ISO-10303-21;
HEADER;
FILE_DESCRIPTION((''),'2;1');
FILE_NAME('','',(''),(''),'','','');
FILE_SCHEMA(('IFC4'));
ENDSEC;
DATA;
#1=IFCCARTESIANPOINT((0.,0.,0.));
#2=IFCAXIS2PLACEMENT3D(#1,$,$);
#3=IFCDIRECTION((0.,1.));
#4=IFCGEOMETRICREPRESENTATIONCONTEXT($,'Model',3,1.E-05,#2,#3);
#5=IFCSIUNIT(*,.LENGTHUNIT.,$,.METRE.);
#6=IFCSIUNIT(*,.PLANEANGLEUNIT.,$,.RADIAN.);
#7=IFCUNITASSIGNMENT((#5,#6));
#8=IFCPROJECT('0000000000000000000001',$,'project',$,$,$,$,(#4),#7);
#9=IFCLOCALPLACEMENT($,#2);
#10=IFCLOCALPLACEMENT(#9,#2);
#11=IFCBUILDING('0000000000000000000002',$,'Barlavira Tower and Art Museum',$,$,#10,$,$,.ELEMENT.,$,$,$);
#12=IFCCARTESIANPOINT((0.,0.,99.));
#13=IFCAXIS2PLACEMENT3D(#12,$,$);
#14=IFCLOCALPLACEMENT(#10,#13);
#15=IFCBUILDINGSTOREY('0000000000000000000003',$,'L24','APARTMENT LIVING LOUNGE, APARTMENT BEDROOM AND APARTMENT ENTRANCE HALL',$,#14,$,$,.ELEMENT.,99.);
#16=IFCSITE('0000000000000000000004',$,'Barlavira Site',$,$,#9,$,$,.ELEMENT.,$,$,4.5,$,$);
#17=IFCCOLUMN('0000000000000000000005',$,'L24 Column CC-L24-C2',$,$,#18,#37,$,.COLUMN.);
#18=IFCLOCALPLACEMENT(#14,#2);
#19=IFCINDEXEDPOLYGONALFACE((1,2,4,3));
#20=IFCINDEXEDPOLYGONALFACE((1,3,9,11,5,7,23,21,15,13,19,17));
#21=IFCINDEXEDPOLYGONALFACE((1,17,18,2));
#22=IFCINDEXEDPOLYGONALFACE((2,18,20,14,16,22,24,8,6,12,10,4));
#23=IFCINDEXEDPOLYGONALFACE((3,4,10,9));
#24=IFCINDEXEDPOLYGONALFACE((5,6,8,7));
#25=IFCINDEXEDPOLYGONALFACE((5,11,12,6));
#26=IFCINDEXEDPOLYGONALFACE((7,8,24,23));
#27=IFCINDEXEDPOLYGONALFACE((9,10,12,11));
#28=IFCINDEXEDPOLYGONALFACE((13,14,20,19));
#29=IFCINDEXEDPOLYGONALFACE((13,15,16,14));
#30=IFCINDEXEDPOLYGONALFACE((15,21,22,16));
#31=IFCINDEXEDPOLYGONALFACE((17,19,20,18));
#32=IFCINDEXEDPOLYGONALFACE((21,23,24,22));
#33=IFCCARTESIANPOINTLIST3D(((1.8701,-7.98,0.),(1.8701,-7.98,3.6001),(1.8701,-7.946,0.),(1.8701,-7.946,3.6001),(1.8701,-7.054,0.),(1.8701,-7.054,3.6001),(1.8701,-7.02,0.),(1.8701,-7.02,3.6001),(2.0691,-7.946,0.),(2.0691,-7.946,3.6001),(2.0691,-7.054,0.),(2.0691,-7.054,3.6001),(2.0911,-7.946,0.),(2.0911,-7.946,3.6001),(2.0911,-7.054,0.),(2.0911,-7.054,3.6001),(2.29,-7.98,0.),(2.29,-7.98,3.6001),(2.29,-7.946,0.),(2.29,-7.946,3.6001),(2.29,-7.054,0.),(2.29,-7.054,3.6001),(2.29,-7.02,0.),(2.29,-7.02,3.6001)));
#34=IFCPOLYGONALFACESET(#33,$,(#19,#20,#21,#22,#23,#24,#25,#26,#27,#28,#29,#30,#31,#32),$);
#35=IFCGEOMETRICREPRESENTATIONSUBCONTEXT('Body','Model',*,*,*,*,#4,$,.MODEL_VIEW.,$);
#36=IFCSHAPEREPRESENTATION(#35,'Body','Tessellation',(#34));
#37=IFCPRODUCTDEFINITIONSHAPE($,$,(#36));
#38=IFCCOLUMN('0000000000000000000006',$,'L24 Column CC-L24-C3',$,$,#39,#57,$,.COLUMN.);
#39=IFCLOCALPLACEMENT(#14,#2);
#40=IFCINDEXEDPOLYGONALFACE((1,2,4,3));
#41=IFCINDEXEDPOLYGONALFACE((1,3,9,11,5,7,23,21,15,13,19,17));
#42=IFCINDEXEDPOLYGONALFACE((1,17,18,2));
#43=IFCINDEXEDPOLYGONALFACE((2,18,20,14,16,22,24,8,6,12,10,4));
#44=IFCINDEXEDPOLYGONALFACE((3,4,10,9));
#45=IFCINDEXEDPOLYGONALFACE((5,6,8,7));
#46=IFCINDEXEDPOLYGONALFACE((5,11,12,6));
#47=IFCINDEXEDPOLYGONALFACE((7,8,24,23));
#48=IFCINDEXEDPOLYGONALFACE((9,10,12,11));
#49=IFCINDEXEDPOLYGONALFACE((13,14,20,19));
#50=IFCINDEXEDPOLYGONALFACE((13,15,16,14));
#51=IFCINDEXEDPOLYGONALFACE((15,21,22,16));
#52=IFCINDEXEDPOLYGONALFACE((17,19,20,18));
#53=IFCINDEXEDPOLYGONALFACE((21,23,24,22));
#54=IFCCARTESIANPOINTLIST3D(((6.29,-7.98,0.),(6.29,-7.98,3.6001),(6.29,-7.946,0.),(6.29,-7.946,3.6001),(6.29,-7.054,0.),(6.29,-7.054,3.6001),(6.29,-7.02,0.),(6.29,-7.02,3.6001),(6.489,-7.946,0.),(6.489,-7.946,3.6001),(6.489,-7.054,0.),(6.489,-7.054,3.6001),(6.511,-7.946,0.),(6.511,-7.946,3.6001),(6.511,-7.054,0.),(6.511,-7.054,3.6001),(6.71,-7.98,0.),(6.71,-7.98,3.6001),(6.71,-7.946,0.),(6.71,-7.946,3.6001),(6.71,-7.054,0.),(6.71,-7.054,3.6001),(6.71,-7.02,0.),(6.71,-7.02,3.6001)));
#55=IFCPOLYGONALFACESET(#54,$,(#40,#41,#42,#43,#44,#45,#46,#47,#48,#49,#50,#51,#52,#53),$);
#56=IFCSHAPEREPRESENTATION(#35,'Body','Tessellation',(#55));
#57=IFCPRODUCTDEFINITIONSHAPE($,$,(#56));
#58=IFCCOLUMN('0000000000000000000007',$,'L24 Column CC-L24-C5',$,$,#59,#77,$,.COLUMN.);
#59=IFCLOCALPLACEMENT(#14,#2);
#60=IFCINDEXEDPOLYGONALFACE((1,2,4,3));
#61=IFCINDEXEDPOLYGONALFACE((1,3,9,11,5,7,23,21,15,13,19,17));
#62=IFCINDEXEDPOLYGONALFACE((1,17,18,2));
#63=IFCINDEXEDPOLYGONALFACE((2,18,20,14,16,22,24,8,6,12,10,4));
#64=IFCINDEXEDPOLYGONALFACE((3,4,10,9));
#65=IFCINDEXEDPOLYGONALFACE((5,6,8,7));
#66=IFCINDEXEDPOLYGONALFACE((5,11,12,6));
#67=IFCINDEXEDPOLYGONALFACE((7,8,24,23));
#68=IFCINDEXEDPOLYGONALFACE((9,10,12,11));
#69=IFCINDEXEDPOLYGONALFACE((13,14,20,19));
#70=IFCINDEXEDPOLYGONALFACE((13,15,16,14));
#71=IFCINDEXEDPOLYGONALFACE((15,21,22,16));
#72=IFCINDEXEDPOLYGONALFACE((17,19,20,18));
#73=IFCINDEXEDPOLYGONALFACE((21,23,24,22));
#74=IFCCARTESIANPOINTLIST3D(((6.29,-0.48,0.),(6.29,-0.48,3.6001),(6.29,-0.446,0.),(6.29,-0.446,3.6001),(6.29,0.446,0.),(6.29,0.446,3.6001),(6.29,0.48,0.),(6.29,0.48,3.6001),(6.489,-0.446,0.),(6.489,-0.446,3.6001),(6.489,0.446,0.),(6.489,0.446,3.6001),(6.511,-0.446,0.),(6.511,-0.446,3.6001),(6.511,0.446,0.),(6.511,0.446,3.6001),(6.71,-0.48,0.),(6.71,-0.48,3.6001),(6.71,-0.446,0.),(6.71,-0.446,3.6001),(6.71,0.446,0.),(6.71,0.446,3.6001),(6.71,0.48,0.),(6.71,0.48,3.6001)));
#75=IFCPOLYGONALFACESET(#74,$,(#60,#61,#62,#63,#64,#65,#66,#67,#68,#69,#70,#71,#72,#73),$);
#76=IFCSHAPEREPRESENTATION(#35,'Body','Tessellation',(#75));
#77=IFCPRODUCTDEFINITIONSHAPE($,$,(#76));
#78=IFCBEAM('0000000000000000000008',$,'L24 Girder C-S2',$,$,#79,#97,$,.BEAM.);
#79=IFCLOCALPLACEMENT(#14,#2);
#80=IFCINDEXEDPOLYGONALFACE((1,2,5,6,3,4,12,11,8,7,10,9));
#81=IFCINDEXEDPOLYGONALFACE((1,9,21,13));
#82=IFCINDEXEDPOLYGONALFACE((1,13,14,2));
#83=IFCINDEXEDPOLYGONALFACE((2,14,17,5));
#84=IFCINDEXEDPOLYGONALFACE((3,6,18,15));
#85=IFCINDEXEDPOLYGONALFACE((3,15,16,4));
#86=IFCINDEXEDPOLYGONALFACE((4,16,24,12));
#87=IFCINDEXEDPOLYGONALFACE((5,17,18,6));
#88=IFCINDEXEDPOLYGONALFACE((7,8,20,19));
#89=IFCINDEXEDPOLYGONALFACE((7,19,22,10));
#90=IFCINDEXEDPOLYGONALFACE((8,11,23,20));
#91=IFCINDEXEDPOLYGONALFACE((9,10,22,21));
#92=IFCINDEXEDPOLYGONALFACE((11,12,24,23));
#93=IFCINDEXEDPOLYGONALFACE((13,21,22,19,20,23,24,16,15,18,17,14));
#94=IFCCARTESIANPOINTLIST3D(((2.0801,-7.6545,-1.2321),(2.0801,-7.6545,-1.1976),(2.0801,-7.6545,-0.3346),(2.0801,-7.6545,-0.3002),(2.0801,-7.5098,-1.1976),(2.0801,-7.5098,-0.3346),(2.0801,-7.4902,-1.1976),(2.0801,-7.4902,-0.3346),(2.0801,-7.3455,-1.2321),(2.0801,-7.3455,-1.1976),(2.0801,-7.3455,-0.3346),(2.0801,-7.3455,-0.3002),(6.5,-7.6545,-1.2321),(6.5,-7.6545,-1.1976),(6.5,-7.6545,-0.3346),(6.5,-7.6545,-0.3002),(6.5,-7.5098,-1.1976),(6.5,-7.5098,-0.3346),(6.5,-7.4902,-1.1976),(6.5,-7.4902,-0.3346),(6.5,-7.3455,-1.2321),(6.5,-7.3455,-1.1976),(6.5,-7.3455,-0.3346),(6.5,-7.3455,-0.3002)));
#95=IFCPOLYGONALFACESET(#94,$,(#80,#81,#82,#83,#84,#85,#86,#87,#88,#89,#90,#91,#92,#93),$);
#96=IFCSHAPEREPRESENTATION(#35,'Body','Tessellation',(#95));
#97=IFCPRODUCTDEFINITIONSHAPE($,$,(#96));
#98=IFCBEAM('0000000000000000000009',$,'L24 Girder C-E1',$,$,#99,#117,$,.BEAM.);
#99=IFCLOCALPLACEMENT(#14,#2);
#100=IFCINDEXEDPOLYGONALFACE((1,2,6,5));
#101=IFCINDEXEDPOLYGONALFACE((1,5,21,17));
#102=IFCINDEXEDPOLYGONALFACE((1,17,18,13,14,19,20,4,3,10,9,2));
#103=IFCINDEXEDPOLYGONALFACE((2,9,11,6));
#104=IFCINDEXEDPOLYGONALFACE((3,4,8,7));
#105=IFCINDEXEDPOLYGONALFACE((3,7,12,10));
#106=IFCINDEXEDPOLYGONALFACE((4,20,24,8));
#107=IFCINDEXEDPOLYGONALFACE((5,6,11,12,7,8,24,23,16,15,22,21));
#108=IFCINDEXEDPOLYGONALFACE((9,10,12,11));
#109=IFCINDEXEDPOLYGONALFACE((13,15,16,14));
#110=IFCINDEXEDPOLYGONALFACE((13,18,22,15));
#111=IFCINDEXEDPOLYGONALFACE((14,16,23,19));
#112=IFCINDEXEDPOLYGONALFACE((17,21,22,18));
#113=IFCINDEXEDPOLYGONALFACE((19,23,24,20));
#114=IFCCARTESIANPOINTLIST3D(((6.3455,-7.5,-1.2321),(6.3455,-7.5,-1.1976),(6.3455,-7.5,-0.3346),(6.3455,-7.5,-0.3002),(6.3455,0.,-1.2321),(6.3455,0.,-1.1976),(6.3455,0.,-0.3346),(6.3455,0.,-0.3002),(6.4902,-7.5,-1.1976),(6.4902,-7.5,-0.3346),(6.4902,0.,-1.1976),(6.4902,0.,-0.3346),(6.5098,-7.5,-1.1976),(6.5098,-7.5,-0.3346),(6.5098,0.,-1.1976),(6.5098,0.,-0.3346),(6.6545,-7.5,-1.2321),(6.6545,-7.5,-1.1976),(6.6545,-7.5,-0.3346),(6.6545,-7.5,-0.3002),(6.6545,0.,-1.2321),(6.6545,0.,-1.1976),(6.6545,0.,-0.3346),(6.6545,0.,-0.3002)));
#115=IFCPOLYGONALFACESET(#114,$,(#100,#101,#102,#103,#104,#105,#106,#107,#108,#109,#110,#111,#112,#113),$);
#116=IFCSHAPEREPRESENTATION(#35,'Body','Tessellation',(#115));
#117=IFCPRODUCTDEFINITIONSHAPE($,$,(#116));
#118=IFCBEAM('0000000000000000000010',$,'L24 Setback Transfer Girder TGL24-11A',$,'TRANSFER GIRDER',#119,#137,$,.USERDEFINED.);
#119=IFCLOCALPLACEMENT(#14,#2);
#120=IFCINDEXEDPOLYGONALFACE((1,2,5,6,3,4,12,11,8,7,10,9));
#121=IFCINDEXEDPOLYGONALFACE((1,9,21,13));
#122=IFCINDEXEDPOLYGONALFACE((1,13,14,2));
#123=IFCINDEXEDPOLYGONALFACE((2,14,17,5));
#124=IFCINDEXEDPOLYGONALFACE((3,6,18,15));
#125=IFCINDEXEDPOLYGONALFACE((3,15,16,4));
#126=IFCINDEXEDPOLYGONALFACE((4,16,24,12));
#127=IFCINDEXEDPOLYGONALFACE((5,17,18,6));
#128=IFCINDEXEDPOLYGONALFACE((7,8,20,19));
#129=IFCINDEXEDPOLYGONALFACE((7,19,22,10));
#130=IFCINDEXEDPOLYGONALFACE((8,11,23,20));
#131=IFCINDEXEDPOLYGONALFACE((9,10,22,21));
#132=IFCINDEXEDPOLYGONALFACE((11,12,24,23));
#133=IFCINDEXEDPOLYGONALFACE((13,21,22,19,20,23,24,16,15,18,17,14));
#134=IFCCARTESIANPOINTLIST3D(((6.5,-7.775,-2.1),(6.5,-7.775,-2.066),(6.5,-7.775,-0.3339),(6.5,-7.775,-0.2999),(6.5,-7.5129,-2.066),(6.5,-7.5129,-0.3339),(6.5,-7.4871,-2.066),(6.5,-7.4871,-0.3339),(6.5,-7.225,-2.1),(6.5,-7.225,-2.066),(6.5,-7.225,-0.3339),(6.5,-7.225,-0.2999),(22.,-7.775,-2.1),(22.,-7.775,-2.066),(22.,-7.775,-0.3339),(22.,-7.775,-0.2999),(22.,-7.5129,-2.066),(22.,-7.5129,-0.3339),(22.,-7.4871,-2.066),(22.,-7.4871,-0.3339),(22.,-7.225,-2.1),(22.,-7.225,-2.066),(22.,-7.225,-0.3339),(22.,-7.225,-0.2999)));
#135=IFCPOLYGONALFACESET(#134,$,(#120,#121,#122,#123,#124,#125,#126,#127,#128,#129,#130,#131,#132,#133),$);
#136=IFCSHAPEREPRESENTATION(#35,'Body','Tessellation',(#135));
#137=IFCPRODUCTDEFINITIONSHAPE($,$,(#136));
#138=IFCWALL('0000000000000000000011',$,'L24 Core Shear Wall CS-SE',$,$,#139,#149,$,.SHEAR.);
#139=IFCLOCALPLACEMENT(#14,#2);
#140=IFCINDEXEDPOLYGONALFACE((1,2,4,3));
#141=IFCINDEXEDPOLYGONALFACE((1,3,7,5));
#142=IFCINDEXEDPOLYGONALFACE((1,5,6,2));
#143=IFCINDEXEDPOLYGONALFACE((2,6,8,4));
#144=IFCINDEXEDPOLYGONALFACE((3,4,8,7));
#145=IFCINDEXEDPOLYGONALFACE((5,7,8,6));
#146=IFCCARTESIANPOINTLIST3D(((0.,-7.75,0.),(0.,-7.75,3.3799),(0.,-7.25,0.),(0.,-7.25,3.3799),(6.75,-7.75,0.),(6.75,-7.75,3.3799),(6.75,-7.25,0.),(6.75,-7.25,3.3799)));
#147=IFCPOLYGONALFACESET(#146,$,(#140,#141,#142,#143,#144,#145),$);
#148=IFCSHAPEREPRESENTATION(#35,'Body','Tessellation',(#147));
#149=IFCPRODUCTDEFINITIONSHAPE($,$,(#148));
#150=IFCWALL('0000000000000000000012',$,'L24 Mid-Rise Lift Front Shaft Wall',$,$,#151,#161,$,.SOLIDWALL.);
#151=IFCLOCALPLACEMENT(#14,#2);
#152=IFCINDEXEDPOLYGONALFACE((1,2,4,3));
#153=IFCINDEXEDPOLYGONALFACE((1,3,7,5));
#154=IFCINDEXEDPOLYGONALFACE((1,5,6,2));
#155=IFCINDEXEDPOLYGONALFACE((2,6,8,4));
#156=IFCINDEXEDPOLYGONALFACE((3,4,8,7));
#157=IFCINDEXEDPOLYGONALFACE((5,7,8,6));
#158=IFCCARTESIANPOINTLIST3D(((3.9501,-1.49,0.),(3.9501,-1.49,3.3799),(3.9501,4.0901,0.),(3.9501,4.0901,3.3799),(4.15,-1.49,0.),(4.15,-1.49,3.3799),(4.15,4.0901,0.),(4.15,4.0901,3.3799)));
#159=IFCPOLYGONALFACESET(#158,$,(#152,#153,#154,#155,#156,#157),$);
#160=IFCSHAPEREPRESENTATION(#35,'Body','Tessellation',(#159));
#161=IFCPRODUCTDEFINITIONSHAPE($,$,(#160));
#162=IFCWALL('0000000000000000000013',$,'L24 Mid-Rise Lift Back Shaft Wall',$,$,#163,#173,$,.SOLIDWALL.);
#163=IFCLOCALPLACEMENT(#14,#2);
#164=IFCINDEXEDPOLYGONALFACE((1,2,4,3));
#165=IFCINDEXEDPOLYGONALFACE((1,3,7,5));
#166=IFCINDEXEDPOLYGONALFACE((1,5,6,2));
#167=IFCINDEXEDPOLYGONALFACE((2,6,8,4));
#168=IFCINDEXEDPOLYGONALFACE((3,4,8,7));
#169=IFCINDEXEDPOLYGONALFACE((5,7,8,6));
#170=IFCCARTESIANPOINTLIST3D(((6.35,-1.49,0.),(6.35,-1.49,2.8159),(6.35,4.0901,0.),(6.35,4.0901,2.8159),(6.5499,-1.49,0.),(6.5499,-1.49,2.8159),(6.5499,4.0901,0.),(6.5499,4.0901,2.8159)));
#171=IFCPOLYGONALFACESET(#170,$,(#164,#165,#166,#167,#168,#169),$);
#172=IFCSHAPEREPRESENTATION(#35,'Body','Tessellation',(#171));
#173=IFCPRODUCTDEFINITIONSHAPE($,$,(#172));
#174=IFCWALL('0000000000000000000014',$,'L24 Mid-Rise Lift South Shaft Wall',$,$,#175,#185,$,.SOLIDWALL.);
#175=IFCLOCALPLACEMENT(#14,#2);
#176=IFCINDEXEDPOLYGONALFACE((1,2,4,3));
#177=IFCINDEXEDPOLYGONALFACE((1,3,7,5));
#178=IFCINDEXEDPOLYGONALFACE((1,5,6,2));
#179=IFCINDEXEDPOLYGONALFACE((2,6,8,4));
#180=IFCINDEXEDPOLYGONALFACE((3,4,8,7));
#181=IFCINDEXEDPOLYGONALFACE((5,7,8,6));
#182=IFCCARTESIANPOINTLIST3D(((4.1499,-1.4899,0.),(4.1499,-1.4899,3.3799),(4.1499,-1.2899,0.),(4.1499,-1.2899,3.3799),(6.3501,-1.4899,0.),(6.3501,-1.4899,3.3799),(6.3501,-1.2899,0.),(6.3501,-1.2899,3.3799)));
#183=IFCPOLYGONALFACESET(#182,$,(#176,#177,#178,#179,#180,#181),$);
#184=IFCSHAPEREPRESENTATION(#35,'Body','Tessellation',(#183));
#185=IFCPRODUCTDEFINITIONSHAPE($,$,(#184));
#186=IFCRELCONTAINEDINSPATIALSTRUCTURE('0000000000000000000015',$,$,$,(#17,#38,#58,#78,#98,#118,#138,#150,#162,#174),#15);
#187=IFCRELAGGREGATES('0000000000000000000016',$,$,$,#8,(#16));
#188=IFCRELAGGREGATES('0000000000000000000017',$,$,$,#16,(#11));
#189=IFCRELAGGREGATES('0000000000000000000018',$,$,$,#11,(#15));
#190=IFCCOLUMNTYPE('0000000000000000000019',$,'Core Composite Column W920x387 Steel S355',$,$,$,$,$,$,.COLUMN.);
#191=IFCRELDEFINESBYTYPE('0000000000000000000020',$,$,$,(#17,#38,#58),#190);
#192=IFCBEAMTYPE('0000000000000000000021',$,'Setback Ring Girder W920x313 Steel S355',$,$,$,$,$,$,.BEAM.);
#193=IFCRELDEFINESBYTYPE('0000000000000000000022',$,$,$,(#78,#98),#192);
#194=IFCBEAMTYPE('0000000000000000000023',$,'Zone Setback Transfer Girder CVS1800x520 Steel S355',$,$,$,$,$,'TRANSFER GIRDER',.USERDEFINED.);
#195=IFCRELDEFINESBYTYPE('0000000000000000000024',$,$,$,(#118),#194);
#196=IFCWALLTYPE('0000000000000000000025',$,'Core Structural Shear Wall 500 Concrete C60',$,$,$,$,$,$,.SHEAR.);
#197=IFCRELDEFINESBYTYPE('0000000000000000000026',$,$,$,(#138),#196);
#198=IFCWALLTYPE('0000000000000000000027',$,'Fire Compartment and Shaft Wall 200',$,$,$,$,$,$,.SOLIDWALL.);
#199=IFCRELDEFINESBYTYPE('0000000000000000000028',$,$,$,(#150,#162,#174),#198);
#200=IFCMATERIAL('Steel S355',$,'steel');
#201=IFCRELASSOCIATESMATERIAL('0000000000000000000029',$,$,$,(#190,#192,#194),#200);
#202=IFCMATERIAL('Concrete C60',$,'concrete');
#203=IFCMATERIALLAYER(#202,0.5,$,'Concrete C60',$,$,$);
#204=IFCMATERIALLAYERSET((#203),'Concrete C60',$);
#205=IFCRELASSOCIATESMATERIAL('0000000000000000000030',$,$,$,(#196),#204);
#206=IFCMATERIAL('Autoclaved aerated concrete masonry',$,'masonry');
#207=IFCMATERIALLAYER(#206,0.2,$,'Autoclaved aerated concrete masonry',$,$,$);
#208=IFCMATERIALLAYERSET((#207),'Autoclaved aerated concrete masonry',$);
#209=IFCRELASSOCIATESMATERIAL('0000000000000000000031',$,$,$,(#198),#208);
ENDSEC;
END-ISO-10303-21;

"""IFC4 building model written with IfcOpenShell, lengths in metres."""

from ifc_helpers import new_model, si_unit, direction, frame, frame_2d, origin, origin_2d, place, context, subcontext, project, spatial, rectangle, i_section, extrude, material, layer, layer_set, material_profile, profile_set, type_object, element, save


model = new_model("IFC4")

# Units and contexts
model_context = context("Model", 3, precision=1e-05, world=origin(), true_north=direction((0.0, 1.0)))
body_context = subcontext(model_context, "Body", "Model", "MODEL_VIEW")
ifc_project = project(units=[si_unit("LENGTHUNIT", "METRE"), si_unit("PLANEANGLEUNIT", "RADIAN")], contexts=[model_context])

# Site, building, storey
site_placement = place(None, origin())
site = spatial("IfcSite", under=ifc_project, at=site_placement, Name="Barlavira Site", CompositionType="ELEMENT", RefElevation=4.5)
building_placement = place(site_placement, origin())
building = spatial("IfcBuilding", under=site, at=building_placement, Name="Barlavira Tower and Art Museum", CompositionType="ELEMENT")
storey_placement = place(building_placement, frame((0.0, 0.0, 99.0)))
storey = spatial("IfcBuildingStorey", under=building, at=storey_placement, Name="L24", Description="APARTMENT LIVING LOUNGE, APARTMENT BEDROOM AND APARTMENT ENTRANCE HALL", CompositionType="ELEMENT", Elevation=99.0)

# Columns
ifc_material_1 = material(Name="Steel S355", Category="steel")
ifc_material_profile_1 = material_profile(ifc_material_1, i_section(OverallWidth=0.4199, OverallDepth=0.96, WebThickness=0.022, FlangeThickness=0.0339, at=origin_2d()), Name="W920x387.0")
ifc_profile_set_1 = profile_set([ifc_material_profile_1], Name="Steel S355")
column_type = type_object("IfcColumnType", Name="Core Composite Column W920x387 Steel S355", PredefinedType="COLUMN", material=ifc_profile_set_1)
for number, where, z_axis, x_axis, name in (
    (1, (2.0801, -7.5, 0.0), (0.0, 0.0, 1.0), (1.0, 0.0, 0.0), "L24 Column CC-L24-C2"),
    (2, (6.5, -7.5, 0.0), (0.0, 0.0, 1.0), (1.0, 0.0, 0.0), "L24 Column CC-L24-C3"),
    (3, (6.5, 0.0, 0.0), (0.0, 0.0, 1.0), (1.0, 0.0, 0.0), "L24 Column CC-L24-C5"),
):
    element("IfcColumn", number, at=place(storey_placement, frame(where, z_axis=z_axis, x_axis=x_axis)), inside=storey, type_object=column_type, Name=name, PredefinedType="COLUMN", context=body_context, shape_type="SweptSolid", body=[
        extrude(i_section(OverallWidth=0.4199, OverallDepth=0.96, WebThickness=0.022, FlangeThickness=0.0339, at=origin_2d()), origin(), (0.0, 0.0, 1.0), 3.6001),
    ])

# Beams
ifc_material_profile_2 = material_profile(ifc_material_1, i_section(OverallWidth=0.3091, OverallDepth=0.9319, WebThickness=0.0195, FlangeThickness=0.0344, at=origin_2d()), Name="W920x313.0")
ifc_profile_set_2 = profile_set([ifc_material_profile_2], Name="Steel S355")
beam_type_1 = type_object("IfcBeamType", Name="Setback Ring Girder W920x313 Steel S355", PredefinedType="BEAM", material=ifc_profile_set_2)
beam_1_placement = place(storey_placement, frame((2.0801, -7.5, -0.7661), z_axis=(1.0, 0.0, 0.0), x_axis=(0.0, 1.0, 0.0)))
element("IfcBeam", 4, at=beam_1_placement, inside=storey, type_object=beam_type_1, Name="L24 Girder C-S2", PredefinedType="BEAM", context=body_context, shape_type="SweptSolid", body=[
    extrude(i_section(OverallWidth=0.3091, OverallDepth=0.9319, WebThickness=0.0195, FlangeThickness=0.0344, at=origin_2d()), origin(), (0.0, 0.0, 1.0), 4.4199),
])
beam_2_placement = place(storey_placement, frame((6.5, -7.5, -0.7661), z_axis=(0.0, 1.0, 0.0), x_axis=(-1.0, 0.0, 0.0)))
element("IfcBeam", 5, at=beam_2_placement, inside=storey, type_object=beam_type_1, Name="L24 Girder C-E1", PredefinedType="BEAM", context=body_context, shape_type="SweptSolid", body=[
    extrude(i_section(OverallWidth=0.3091, OverallDepth=0.9319, WebThickness=0.0195, FlangeThickness=0.0344, at=origin_2d()), origin(), (0.0, 0.0, 1.0), 7.5),
])
ifc_material_profile_3 = material_profile(ifc_material_1, i_section(OverallWidth=0.55, OverallDepth=1.8, WebThickness=0.0259, FlangeThickness=0.0339, at=origin_2d()), Name="CVS1800x520")
ifc_profile_set_3 = profile_set([ifc_material_profile_3], Name="Steel S355")
beam_type_2 = type_object("IfcBeamType", Name="Zone Setback Transfer Girder CVS1800x520 Steel S355", ElementType="TRANSFER GIRDER", PredefinedType="USERDEFINED", material=ifc_profile_set_3)
beam_3_placement = place(storey_placement, frame((6.5, -7.5, -1.2), z_axis=(1.0, 0.0, 0.0), x_axis=(0.0, 1.0, 0.0)))
element("IfcBeam", 6, at=beam_3_placement, inside=storey, type_object=beam_type_2, Name="L24 Setback Transfer Girder TGL24-11A", ObjectType="TRANSFER GIRDER", PredefinedType="USERDEFINED", context=body_context, shape_type="SweptSolid", body=[
    extrude(i_section(OverallWidth=0.55, OverallDepth=1.8, WebThickness=0.0259, FlangeThickness=0.0339, at=origin_2d()), origin(), (0.0, 0.0, 1.0), 15.5),
])

# Wall
ifc_material_2 = material(Name="Concrete C60", Category="concrete")
ifc_layer_1 = layer(ifc_material_2, 0.5, Name="Concrete C60")
ifc_layer_set_1 = layer_set([ifc_layer_1], Name="Concrete C60")
wall_type_1 = type_object("IfcWallType", Name="Core Structural Shear Wall 500 Concrete C60", PredefinedType="SHEAR", material=ifc_layer_set_1)
wall_1_placement = place(storey_placement, frame((0.0, -7.5, 0.0), z_axis=(0.0, 0.0, 1.0), x_axis=(1.0, 0.0, 0.0)))
element("IfcWall", 7, at=wall_1_placement, inside=storey, type_object=wall_type_1, Name="L24 Core Shear Wall CS-SE", PredefinedType="SHEAR", context=body_context, shape_type="SweptSolid", body=[
    extrude(rectangle(XDim=6.75, YDim=0.5, at=frame_2d((3.375, 0.0))), origin(), (0.0, 0.0, 1.0), 3.3799),
])

# Walls
ifc_material_3 = material(Name="Autoclaved aerated concrete masonry", Category="masonry")
ifc_layer_2 = layer(ifc_material_3, 0.2, Name="Autoclaved aerated concrete masonry")
ifc_layer_set_2 = layer_set([ifc_layer_2], Name="Autoclaved aerated concrete masonry")
wall_type_2 = type_object("IfcWallType", Name="Fire Compartment and Shaft Wall 200", PredefinedType="SOLIDWALL", material=ifc_layer_set_2)
wall_2_placement = place(storey_placement, frame((4.05, -1.49, 0.0), z_axis=(0.0, 0.0, 1.0), x_axis=(0.0, 1.0, 0.0)))
element("IfcWall", 8, at=wall_2_placement, inside=storey, type_object=wall_type_2, Name="L24 Mid-Rise Lift Front Shaft Wall", PredefinedType="SOLIDWALL", context=body_context, shape_type="SweptSolid", body=[
    extrude(rectangle(XDim=5.5801, YDim=0.2, at=frame_2d((2.79, 0.0))), origin(), (0.0, 0.0, 1.0), 3.3799),
])
wall_3_placement = place(storey_placement, frame((6.45, -1.49, 0.0), z_axis=(0.0, 0.0, 1.0), x_axis=(0.0, 1.0, 0.0)))
element("IfcWall", 9, at=wall_3_placement, inside=storey, type_object=wall_type_2, Name="L24 Mid-Rise Lift Back Shaft Wall", PredefinedType="SOLIDWALL", context=body_context, shape_type="SweptSolid", body=[
    extrude(rectangle(XDim=5.5801, YDim=0.2, at=frame_2d((2.79, 0.0))), origin(), (0.0, 0.0, 1.0), 2.8159),
])
wall_4_placement = place(storey_placement, frame((4.1499, -1.3899, 0.0), z_axis=(0.0, 0.0, 1.0), x_axis=(1.0, 0.0, 0.0)))
element("IfcWall", 10, at=wall_4_placement, inside=storey, type_object=wall_type_2, Name="L24 Mid-Rise Lift South Shaft Wall", PredefinedType="SOLIDWALL", context=body_context, shape_type="SweptSolid", body=[
    extrude(rectangle(XDim=2.2002, YDim=0.2, at=frame_2d((1.1001, 0.0))), origin(), (0.0, 0.0, 1.0), 3.3799),
])

save(model, "model.ifc")
